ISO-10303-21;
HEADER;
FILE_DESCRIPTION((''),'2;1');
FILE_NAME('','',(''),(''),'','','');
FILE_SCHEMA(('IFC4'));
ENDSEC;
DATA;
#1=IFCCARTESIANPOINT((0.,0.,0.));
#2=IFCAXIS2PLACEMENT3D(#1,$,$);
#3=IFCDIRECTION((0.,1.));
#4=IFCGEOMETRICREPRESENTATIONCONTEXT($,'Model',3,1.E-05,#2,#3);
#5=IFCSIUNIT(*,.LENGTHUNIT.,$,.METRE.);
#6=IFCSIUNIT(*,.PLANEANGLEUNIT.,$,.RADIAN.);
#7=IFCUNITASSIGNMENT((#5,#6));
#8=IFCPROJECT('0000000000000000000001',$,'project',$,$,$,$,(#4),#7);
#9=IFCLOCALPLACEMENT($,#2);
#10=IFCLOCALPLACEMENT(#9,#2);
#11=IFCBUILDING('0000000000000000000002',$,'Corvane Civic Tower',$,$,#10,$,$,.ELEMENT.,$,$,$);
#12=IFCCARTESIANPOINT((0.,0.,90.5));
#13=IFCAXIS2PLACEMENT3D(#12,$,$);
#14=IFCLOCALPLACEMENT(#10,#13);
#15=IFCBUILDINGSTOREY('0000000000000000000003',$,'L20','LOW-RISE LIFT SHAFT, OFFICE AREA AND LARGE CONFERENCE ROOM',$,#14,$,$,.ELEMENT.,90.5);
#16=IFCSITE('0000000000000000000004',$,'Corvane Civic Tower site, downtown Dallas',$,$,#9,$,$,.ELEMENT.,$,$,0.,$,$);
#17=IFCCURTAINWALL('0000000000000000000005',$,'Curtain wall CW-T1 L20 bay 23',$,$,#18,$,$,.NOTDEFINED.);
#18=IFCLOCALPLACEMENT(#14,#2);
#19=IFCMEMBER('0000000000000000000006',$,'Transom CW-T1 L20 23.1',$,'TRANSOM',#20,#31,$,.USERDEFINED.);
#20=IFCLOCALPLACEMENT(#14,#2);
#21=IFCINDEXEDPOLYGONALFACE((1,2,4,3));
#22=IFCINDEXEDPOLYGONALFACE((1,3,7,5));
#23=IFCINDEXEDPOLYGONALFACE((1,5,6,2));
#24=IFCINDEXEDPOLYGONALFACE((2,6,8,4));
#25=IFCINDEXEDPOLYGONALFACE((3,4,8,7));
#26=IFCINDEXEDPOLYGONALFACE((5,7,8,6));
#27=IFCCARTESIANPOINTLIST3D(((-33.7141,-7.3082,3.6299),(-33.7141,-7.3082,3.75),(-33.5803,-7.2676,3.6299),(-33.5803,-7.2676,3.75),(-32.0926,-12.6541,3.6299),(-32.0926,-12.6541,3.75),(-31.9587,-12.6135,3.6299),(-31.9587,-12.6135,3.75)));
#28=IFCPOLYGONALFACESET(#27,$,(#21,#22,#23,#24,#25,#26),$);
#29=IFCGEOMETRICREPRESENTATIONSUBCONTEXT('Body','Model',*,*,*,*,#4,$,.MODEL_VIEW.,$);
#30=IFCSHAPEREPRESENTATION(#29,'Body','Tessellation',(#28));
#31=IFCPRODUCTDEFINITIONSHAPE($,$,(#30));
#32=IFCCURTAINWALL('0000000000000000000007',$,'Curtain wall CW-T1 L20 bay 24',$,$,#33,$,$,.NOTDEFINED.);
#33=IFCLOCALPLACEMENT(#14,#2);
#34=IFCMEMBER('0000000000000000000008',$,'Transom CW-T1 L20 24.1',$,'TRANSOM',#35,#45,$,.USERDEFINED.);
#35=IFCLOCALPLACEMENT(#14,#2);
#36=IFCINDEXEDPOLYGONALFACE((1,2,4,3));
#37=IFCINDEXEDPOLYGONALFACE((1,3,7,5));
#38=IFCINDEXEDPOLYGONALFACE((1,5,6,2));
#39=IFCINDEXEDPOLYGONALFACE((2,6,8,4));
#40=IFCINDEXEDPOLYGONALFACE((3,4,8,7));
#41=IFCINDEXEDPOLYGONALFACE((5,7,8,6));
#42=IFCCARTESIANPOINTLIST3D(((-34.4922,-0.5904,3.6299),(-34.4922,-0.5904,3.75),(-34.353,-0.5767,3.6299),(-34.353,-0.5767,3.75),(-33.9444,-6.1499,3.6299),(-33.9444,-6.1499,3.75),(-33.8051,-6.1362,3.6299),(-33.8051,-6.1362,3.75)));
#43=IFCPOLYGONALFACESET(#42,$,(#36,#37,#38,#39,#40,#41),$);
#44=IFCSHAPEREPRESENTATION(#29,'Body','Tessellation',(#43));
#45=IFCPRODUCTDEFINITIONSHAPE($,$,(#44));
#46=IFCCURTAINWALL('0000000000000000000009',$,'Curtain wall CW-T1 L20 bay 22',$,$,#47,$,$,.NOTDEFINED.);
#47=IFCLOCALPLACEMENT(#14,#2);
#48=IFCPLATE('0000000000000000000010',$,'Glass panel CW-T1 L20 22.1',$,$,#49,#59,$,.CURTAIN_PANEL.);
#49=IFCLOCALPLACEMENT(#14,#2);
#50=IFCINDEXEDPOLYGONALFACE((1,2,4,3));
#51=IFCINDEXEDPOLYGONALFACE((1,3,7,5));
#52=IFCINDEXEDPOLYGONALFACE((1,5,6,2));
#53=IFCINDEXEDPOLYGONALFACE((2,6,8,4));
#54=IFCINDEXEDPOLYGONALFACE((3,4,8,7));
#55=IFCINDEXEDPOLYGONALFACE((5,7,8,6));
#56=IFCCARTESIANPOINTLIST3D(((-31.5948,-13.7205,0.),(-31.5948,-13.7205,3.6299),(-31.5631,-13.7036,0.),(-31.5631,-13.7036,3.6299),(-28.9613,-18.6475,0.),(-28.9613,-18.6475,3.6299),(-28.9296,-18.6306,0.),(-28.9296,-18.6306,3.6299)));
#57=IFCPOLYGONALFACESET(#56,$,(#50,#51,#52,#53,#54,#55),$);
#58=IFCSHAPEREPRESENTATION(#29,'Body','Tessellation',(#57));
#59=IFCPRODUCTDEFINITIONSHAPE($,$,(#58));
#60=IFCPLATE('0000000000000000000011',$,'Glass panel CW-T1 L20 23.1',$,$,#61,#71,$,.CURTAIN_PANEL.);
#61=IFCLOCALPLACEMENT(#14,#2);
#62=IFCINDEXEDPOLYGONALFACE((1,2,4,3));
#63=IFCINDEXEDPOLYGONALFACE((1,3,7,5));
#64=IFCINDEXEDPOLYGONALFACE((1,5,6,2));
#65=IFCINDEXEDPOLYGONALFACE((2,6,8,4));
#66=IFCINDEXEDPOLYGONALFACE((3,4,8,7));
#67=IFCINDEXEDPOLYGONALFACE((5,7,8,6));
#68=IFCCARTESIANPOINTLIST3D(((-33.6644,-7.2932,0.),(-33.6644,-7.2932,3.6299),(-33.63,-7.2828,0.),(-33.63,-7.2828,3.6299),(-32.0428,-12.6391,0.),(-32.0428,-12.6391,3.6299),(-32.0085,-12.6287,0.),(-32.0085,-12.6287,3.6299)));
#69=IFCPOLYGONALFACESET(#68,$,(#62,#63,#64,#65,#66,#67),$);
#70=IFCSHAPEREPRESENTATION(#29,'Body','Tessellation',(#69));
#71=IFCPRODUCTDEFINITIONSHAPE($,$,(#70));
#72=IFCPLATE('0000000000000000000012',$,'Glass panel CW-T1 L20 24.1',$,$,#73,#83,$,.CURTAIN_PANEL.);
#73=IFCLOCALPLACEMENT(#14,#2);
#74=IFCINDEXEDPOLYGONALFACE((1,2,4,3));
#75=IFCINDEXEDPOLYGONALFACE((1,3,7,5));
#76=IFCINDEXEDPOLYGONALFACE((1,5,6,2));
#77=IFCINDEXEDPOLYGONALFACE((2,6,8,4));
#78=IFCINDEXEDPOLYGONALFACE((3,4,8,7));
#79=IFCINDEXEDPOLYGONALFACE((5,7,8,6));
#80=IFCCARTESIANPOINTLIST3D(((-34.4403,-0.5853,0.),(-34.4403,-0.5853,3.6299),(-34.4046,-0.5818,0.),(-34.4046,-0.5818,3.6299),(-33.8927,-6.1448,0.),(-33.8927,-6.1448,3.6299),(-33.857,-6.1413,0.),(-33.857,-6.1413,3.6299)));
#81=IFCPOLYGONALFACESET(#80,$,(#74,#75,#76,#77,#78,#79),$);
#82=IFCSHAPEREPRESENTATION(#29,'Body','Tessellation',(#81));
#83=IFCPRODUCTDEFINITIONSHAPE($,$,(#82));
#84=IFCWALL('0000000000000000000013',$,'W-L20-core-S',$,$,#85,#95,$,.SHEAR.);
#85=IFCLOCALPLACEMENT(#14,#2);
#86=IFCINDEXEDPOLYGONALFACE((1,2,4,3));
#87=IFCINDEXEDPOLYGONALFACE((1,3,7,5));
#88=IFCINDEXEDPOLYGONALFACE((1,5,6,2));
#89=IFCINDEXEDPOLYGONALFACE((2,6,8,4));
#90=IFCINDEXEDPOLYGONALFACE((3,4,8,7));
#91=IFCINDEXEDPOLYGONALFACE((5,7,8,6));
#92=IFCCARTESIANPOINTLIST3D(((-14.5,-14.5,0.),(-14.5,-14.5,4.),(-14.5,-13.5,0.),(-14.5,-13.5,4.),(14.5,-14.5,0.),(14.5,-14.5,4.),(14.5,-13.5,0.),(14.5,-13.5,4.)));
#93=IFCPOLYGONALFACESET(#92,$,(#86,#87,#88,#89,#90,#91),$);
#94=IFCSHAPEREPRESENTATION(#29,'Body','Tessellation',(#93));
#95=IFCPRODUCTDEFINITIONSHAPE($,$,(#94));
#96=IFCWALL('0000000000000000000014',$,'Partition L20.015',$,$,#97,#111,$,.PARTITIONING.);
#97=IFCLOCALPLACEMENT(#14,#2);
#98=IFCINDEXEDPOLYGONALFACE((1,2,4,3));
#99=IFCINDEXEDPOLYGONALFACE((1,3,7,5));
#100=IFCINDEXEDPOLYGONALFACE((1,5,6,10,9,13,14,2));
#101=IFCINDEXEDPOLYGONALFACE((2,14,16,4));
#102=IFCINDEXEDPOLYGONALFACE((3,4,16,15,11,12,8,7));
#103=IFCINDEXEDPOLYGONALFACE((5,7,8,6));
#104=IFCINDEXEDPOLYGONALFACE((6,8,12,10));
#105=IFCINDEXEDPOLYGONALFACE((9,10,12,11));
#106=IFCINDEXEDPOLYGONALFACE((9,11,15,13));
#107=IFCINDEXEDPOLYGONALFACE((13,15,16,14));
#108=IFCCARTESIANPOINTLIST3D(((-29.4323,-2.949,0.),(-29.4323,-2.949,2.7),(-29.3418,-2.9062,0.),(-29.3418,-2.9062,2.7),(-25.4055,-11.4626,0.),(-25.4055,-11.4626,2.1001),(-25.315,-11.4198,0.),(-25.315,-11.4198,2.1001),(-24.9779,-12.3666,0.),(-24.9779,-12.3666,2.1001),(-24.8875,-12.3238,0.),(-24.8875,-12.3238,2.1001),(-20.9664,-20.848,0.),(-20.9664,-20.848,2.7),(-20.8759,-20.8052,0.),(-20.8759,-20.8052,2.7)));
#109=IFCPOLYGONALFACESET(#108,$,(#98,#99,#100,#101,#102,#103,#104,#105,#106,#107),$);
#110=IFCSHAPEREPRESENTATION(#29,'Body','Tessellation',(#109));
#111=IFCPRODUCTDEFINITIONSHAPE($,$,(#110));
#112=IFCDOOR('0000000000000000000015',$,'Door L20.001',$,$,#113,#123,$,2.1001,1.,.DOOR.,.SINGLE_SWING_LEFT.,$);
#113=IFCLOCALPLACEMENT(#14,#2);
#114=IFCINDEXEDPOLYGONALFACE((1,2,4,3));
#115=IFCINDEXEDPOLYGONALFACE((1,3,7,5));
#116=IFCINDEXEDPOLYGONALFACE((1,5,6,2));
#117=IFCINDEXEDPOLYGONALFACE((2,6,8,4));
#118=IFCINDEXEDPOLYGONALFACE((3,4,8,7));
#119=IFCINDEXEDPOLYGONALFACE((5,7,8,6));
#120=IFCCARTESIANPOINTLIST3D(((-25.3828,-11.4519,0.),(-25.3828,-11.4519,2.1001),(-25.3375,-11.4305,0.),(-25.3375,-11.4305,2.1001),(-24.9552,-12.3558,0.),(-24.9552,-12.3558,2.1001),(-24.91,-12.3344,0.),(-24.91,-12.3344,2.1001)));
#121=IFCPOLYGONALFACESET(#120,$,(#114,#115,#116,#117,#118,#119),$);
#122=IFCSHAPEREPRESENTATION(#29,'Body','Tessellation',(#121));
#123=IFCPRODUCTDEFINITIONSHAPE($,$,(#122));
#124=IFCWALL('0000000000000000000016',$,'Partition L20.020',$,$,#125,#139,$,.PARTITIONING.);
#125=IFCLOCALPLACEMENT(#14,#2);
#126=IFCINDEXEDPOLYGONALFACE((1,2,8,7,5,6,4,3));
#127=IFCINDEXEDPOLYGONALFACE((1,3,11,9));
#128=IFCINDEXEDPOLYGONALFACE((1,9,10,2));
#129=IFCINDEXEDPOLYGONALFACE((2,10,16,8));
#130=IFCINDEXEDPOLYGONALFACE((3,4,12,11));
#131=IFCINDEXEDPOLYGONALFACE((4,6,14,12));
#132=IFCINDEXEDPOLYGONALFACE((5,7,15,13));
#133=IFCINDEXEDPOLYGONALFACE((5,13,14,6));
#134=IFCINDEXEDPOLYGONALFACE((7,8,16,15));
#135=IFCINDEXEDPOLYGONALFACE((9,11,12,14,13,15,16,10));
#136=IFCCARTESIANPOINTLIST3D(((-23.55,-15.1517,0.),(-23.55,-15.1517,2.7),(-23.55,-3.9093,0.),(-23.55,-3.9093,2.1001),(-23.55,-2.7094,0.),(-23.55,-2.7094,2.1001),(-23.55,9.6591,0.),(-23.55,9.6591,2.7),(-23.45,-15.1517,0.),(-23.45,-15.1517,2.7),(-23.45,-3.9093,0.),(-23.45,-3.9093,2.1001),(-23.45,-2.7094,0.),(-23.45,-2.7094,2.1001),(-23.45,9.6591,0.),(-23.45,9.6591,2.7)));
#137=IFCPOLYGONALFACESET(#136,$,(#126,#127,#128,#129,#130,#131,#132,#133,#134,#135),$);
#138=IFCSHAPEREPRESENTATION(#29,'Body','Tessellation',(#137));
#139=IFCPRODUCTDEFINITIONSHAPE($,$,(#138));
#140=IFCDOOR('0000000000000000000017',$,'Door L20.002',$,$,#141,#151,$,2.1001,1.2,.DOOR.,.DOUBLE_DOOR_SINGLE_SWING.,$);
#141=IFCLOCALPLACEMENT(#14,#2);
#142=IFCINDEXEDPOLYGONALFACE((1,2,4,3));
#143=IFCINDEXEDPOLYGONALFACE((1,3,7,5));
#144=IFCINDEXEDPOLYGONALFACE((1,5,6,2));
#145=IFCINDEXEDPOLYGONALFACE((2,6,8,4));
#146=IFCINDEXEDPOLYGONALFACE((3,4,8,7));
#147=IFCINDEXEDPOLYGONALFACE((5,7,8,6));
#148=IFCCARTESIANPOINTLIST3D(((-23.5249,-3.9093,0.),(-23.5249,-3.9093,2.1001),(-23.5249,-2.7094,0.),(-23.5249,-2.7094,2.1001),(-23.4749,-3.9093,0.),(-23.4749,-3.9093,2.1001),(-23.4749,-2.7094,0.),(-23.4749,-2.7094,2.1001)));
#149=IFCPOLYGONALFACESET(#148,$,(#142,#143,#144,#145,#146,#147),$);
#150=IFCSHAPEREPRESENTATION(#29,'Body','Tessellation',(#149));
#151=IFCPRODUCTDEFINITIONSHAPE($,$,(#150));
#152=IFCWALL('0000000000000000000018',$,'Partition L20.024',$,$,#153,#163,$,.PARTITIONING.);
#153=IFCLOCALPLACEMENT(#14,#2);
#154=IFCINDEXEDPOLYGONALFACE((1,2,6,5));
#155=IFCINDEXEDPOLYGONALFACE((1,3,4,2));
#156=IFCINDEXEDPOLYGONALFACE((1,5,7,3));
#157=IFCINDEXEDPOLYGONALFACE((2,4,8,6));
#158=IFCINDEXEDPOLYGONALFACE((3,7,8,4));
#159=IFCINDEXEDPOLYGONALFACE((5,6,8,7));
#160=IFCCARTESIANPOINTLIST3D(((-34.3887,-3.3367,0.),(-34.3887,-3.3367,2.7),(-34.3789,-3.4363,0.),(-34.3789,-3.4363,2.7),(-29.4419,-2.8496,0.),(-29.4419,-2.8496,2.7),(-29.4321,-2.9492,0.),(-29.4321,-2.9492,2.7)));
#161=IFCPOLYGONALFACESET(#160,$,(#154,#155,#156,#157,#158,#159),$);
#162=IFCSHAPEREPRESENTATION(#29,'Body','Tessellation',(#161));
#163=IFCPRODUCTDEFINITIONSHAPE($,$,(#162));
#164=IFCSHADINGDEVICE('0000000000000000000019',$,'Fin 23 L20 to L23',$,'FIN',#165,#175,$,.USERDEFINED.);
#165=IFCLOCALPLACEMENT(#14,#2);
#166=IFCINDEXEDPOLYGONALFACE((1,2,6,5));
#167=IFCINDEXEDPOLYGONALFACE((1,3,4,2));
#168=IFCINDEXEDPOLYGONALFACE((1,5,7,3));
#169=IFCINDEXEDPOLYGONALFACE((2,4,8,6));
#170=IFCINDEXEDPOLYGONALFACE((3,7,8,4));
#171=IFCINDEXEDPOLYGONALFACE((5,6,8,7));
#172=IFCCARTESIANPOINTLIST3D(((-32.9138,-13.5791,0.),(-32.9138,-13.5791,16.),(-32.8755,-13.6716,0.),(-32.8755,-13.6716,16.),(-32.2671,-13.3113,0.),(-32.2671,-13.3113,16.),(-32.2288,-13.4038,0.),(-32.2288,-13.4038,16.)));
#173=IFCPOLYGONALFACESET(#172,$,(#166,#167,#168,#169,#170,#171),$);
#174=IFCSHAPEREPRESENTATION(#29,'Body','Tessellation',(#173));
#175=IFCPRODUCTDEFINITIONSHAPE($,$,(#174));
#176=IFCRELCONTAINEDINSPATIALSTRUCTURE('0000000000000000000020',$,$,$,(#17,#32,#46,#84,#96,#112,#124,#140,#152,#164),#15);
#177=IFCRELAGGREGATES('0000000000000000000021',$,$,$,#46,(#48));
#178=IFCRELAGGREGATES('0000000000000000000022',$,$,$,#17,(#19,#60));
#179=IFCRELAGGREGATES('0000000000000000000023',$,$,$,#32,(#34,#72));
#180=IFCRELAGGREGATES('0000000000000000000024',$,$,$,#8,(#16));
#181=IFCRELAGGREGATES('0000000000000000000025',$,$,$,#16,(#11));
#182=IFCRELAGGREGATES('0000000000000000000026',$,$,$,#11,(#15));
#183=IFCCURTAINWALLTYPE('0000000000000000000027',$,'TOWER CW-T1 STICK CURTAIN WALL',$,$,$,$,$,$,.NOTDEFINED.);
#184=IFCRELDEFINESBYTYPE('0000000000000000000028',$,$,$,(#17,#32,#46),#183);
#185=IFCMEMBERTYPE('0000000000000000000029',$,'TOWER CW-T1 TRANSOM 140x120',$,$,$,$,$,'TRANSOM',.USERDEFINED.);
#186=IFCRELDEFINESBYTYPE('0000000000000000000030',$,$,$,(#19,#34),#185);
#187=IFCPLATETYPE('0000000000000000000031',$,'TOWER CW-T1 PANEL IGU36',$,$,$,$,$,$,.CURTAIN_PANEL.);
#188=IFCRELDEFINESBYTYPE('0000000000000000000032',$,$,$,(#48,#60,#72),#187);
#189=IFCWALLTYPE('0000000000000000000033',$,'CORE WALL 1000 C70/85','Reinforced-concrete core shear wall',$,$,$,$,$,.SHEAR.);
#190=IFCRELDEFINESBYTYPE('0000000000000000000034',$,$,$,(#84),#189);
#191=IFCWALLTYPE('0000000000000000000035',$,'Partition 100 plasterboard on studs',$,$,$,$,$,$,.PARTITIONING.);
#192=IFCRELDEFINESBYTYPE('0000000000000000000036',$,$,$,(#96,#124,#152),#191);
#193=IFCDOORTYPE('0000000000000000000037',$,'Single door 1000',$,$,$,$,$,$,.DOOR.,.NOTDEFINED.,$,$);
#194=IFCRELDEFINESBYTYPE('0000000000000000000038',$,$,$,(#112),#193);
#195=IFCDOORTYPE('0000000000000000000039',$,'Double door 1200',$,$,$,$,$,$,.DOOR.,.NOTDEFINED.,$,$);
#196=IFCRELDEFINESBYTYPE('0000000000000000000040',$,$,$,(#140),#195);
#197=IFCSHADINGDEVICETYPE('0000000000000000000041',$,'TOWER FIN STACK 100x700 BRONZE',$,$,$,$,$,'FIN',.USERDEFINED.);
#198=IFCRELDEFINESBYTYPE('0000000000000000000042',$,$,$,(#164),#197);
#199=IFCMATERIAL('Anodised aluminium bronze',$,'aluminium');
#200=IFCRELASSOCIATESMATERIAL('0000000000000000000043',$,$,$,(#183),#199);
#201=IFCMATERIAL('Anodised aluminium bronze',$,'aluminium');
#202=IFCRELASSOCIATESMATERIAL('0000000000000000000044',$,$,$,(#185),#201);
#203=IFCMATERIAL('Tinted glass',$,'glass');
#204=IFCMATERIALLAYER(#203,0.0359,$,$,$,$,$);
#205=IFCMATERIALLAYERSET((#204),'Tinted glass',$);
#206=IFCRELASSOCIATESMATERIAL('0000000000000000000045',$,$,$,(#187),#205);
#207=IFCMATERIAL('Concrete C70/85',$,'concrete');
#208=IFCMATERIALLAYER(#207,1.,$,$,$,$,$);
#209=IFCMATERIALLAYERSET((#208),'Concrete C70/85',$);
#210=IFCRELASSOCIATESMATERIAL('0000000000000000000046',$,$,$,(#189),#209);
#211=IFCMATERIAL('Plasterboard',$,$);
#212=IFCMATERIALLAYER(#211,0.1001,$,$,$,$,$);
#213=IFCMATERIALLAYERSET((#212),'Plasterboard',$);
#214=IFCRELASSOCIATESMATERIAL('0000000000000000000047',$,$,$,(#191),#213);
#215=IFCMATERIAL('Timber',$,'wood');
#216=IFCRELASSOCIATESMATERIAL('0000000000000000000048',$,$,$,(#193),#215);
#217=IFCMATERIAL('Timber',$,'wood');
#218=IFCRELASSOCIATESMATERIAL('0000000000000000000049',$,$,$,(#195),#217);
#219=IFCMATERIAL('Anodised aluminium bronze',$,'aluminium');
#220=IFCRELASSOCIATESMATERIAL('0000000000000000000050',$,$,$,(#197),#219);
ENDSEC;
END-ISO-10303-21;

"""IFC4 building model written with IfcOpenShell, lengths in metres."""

from ifc_helpers import new_model, si_unit, direction, frame, frame_2d, origin, origin_2d, place, context, subcontext, project, spatial, rectangle, extrude, material, layer, layer_set, material_profile, profile_set, type_object, element, fill, aggregate, save


model = new_model("IFC4")

# Units and contexts
model_context = context("Model", 3, precision=1e-05, world=origin(), true_north=direction((0.0, 1.0)))
body_context = subcontext(model_context, "Body", "Model", "MODEL_VIEW")
ifc_project = project(units=[si_unit("LENGTHUNIT", "METRE"), si_unit("PLANEANGLEUNIT", "RADIAN")], contexts=[model_context])

# Site, building, storey
site_placement = place(None, origin())
site = spatial("IfcSite", under=ifc_project, at=site_placement, Name="Corvane Civic Tower site, downtown Dallas", CompositionType="ELEMENT", RefElevation=0.0)
building_placement = place(site_placement, origin())
building = spatial("IfcBuilding", under=site, at=building_placement, Name="Corvane Civic Tower", CompositionType="ELEMENT")
storey_placement = place(building_placement, frame((0.0, 0.0, 90.5)))
storey = spatial("IfcBuildingStorey", under=building, at=storey_placement, Name="L20", Description="LOW-RISE LIFT SHAFT, OFFICE AREA AND LARGE CONFERENCE ROOM", CompositionType="ELEMENT", Elevation=90.5)

# Curtain walls, members
ifc_material_1 = material(Name="Anodised aluminium bronze", Category="aluminium")
curtain_wall_type = type_object("IfcCurtainWallType", Name="TOWER CW-T1 STICK CURTAIN WALL", PredefinedType="NOTDEFINED", material=ifc_material_1)
curtain_wall_1_placement = place(storey_placement, origin())
curtain_wall_1 = element("IfcCurtainWall", 1, at=curtain_wall_1_placement, inside=storey, type_object=curtain_wall_type, Name="Curtain wall CW-T1 L20 bay 23", PredefinedType="NOTDEFINED")
ifc_material_2 = material(Name="Anodised aluminium bronze", Category="aluminium")
ifc_material_profile_1 = material_profile(ifc_material_2, rectangle(XDim=0.1399, YDim=0.1201, at=origin_2d()), Name="TOWER CW-T1 TRANSOM 140x120")
ifc_profile_set_1 = profile_set([ifc_material_profile_1], Name="Anodised aluminium bronze")
member_type = type_object("IfcMemberType", Name="TOWER CW-T1 TRANSOM 140x120", ElementType="TRANSOM", PredefinedType="USERDEFINED", material=ifc_profile_set_1)
member_1_placement = place(storey_placement, frame((-32.0256, -12.6338, 3.6899), z_axis=(-0.290269, 0.956945, 0.0), x_axis=(-0.956945, -0.290269, 0.0)))
member_1 = element("IfcMember", 2, at=member_1_placement, type_object=member_type, Name="Transom CW-T1 L20 23.1", ObjectType="TRANSOM", PredefinedType="USERDEFINED", context=body_context, shape_type="SweptSolid", body=[
    extrude(rectangle(XDim=0.1399, YDim=0.1201, at=origin_2d()), origin(), (0.0, 0.0, 1.0), 5.5864),
])
curtain_wall_2_placement = place(storey_placement, origin())
curtain_wall_2 = element("IfcCurtainWall", 3, at=curtain_wall_2_placement, inside=storey, type_object=curtain_wall_type, Name="Curtain wall CW-T1 L20 bay 24", PredefinedType="NOTDEFINED")
member_2_placement = place(storey_placement, frame((-33.8748, -6.1431, 3.6899), z_axis=(-0.098067, 0.99518, 0.0), x_axis=(-0.99518, -0.098067, 0.0)))
member_2 = element("IfcMember", 4, at=member_2_placement, type_object=member_type, Name="Transom CW-T1 L20 24.1", ObjectType="TRANSOM", PredefinedType="USERDEFINED", context=body_context, shape_type="SweptSolid", body=[
    extrude(rectangle(XDim=0.1399, YDim=0.1201, at=origin_2d()), origin(), (0.0, 0.0, 1.0), 5.5864),
])

# Curtain wall, plate
curtain_wall_3_placement = place(storey_placement, origin())
curtain_wall_3 = element("IfcCurtainWall", 5, at=curtain_wall_3_placement, inside=storey, type_object=curtain_wall_type, Name="Curtain wall CW-T1 L20 bay 22", PredefinedType="NOTDEFINED")
ifc_material_3 = material(Name="Tinted glass", Category="glass")
ifc_layer_1 = layer(ifc_material_3, 0.0359)
ifc_layer_set_1 = layer_set([ifc_layer_1], Name="Tinted glass")
plate_type = type_object("IfcPlateType", Name="TOWER CW-T1 PANEL IGU36", PredefinedType="CURTAIN_PANEL", material=ifc_layer_set_1)
plate_1_placement = place(storey_placement, frame((-30.2622, -16.1755, 0.0), z_axis=(0.0, 0.0, 1.0), x_axis=(-0.471392, 0.881924, 0.0)))
plate_1 = element("IfcPlate", 6, at=plate_1_placement, type_object=plate_type, Name="Glass panel CW-T1 L20 22.1", PredefinedType="CURTAIN_PANEL", context=body_context, shape_type="SweptSolid", body=[
    extrude(rectangle(XDim=5.5867, YDim=0.0359, at=origin_2d()), origin(), (0.0, 0.0, 1.0), 3.6299),
])
aggregate(curtain_wall_3, [plate_1])

# Plates
plate_2_placement = place(storey_placement, frame((-32.8364, -9.9609, 0.0), z_axis=(0.0, 0.0, 1.0), x_axis=(-0.290266, 0.956946, 0.0)))
plate_2 = element("IfcPlate", 7, at=plate_2_placement, type_object=plate_type, Name="Glass panel CW-T1 L20 23.1", PredefinedType="CURTAIN_PANEL", context=body_context, shape_type="SweptSolid", body=[
    extrude(rectangle(XDim=5.5864, YDim=0.0359, at=origin_2d()), origin(), (0.0, 0.0, 1.0), 3.6299),
])
aggregate(curtain_wall_1, [member_1, plate_2])
plate_3_placement = place(storey_placement, frame((-34.1487, -3.3633, 0.0), z_axis=(0.0, 0.0, 1.0), x_axis=(-0.098027, 0.995184, 0.0)))
plate_3 = element("IfcPlate", 8, at=plate_3_placement, type_object=plate_type, Name="Glass panel CW-T1 L20 24.1", PredefinedType="CURTAIN_PANEL", context=body_context, shape_type="SweptSolid", body=[
    extrude(rectangle(XDim=5.5864, YDim=0.0359, at=origin_2d()), origin(), (0.0, 0.0, 1.0), 3.6299),
])
aggregate(curtain_wall_2, [member_2, plate_3])

# Wall
ifc_material_4 = material(Name="Concrete C70/85", Category="concrete")
ifc_layer_2 = layer(ifc_material_4, 1.0)
ifc_layer_set_2 = layer_set([ifc_layer_2], Name="Concrete C70/85")
wall_type_1 = type_object("IfcWallType", Name="CORE WALL 1000 C70/85", Description="Reinforced-concrete core shear wall", PredefinedType="SHEAR", material=ifc_layer_set_2)
wall_1_placement = place(storey_placement, frame((-14.5, -14.0, 0.0), z_axis=(0.0, 0.0, 1.0), x_axis=(1.0, 0.0, 0.0)))
element("IfcWall", 9, at=wall_1_placement, inside=storey, type_object=wall_type_1, Name="W-L20-core-S", PredefinedType="SHEAR", context=body_context, shape_type="SweptSolid", body=[
    extrude(rectangle(XDim=29.0, YDim=1.0, at=frame_2d((14.5, 0.0))), origin(), (0.0, 0.0, 1.0), 4.0),
])

# Walls, openings, doors
ifc_material_5 = material(Name="Plasterboard")
ifc_layer_3 = layer(ifc_material_5, 0.1001)
ifc_layer_set_3 = layer_set([ifc_layer_3], Name="Plasterboard")
wall_type_2 = type_object("IfcWallType", Name="Partition 100 plasterboard on studs", PredefinedType="PARTITIONING", material=ifc_layer_set_3)
wall_2_placement = place(storey_placement, frame((-29.387, -2.9277, 0.0), z_axis=(0.0, 0.0, 1.0), x_axis=(0.427566, -0.903984, 0.0)))
wall_2 = element("IfcWall", 10, at=wall_2_placement, inside=storey, type_object=wall_type_2, Name="Partition L20.015", PredefinedType="PARTITIONING", context=body_context, shape_type="SweptSolid", body=[
    extrude(rectangle(XDim=19.8, YDim=0.1001, at=frame_2d((9.8999, 0.0))), origin(), (0.0, 0.0, 1.0), 2.7),
])
opening_1_placement = place(wall_2_placement, frame((9.4177, 0.0, 0.0)))
opening_1 = element("IfcOpeningElement", 11, at=opening_1_placement, cuts=wall_2, PredefinedType="OPENING", context=body_context, shape_type="SweptSolid", body=[
    extrude(rectangle(XDim=1.0, YDim=2.1001, at=frame_2d((0.5, 1.05))), frame((0.0, 0.0601, 0.0), z_axis=(0.0, -1.0, 0.0), x_axis=(1.0, 0.0, 0.0)), (0.0, 0.0, 1.0), 0.1201),
])
ifc_material_6 = material(Name="Timber", Category="wood")
door_type_1 = type_object("IfcDoorType", Name="Single door 1000", OperationType="NOTDEFINED", PredefinedType="DOOR", material=ifc_material_6)
door_1_placement = place(opening_1_placement, frame((1.0, 0.0, 0.0), z_axis=(0.0, 0.0, 1.0), x_axis=(-1.0, 0.0, 0.0)))
door_1 = element("IfcDoor", 12, at=door_1_placement, inside=storey, type_object=door_type_1, Name="Door L20.001", OperationType="SINGLE_SWING_LEFT", OverallHeight=2.1001, OverallWidth=1.0, PredefinedType="DOOR", context=body_context, shape_type="SweptSolid", body=[
    extrude(rectangle(XDim=1.0, YDim=2.1001, at=frame_2d((0.5, 1.05))), frame((0.0, 0.0249, 0.0), z_axis=(0.0, -1.0, 0.0), x_axis=(1.0, 0.0, 0.0)), (0.0, 0.0, 1.0), 0.05),
])
fill(opening_1, door_1)
wall_3_placement = place(storey_placement, frame((-23.5, -15.1516, 0.0), z_axis=(0.0, 0.0, 1.0), x_axis=(0.0, 1.0, 0.0)))
wall_3 = element("IfcWall", 13, at=wall_3_placement, inside=storey, type_object=wall_type_2, Name="Partition L20.020", PredefinedType="PARTITIONING", context=body_context, shape_type="SweptSolid", body=[
    extrude(rectangle(XDim=24.8108, YDim=0.1001, at=frame_2d((12.4053, 0.0))), origin(), (0.0, 0.0, 1.0), 2.7),
])
opening_2_placement = place(wall_3_placement, frame((11.2422, 0.0, 0.0)))
opening_2 = element("IfcOpeningElement", 14, at=opening_2_placement, cuts=wall_3, PredefinedType="OPENING", context=body_context, shape_type="SweptSolid", body=[
    extrude(rectangle(XDim=1.2, YDim=2.1001, at=frame_2d((0.6001, 1.05))), frame((0.0, 0.0601, 0.0), z_axis=(0.0, -1.0, 0.0), x_axis=(1.0, 0.0, 0.0)), (0.0, 0.0, 1.0), 0.1201),
])
ifc_material_7 = material(Name="Timber", Category="wood")
door_type_2 = type_object("IfcDoorType", Name="Double door 1200", OperationType="NOTDEFINED", PredefinedType="DOOR", material=ifc_material_7)
door_2_placement = place(opening_2_placement, origin())
door_2 = element("IfcDoor", 15, at=door_2_placement, inside=storey, type_object=door_type_2, Name="Door L20.002", OperationType="DOUBLE_DOOR_SINGLE_SWING", OverallHeight=2.1001, OverallWidth=1.2, PredefinedType="DOOR", context=body_context, shape_type="SweptSolid", body=[
    extrude(rectangle(XDim=1.2, YDim=2.1001, at=frame_2d((0.6001, 1.05))), frame((0.0, 0.0249, 0.0), z_axis=(0.0, -1.0, 0.0), x_axis=(1.0, 0.0, 0.0)), (0.0, 0.0, 1.0), 0.05),
])
fill(opening_2, door_2)

# Wall
wall_4_placement = place(storey_placement, frame((-34.3838, -3.3865, 0.0), z_axis=(0.0, 0.0, 1.0), x_axis=(0.995188, 0.097986, 0.0)))
element("IfcWall", 16, at=wall_4_placement, inside=storey, type_object=wall_type_2, Name="Partition L20.024", PredefinedType="PARTITIONING", context=body_context, shape_type="SweptSolid", body=[
    extrude(rectangle(XDim=4.9707, YDim=0.1001, at=frame_2d((2.4854, 0.0))), origin(), (0.0, 0.0, 1.0), 2.7),
])

# Shading device
ifc_material_8 = material(Name="Anodised aluminium bronze", Category="aluminium")
ifc_material_profile_2 = material_profile(ifc_material_8, rectangle(XDim=0.1001, YDim=0.7, at=origin_2d()), Name="TOWER FIN STACK 100x700 BRONZE")
ifc_profile_set_2 = profile_set([ifc_material_profile_2], Name="Anodised aluminium bronze")
shading_device_type = type_object("IfcShadingDeviceType", Name="TOWER FIN STACK 100x700 BRONZE", ElementType="FIN", PredefinedType="USERDEFINED", material=ifc_profile_set_2)
for number, where, z_axis, x_axis, name in (
    (17, (-32.5713, -13.4915, 0.0), (0.0, 0.0, 1.0), (-0.382683, 0.92388, 0.0), "Fin 23 L20 to L23"),
):
    element("IfcShadingDevice", number, at=place(storey_placement, frame(where, z_axis=z_axis, x_axis=x_axis)), inside=storey, type_object=shading_device_type, Name=name, ObjectType="FIN", PredefinedType="USERDEFINED", context=body_context, shape_type="SweptSolid", body=[
        extrude(rectangle(XDim=0.1001, YDim=0.7, at=origin_2d()), origin(), (0.0, 0.0, 1.0), 16.0),
    ])

save(model, "model.ifc")
